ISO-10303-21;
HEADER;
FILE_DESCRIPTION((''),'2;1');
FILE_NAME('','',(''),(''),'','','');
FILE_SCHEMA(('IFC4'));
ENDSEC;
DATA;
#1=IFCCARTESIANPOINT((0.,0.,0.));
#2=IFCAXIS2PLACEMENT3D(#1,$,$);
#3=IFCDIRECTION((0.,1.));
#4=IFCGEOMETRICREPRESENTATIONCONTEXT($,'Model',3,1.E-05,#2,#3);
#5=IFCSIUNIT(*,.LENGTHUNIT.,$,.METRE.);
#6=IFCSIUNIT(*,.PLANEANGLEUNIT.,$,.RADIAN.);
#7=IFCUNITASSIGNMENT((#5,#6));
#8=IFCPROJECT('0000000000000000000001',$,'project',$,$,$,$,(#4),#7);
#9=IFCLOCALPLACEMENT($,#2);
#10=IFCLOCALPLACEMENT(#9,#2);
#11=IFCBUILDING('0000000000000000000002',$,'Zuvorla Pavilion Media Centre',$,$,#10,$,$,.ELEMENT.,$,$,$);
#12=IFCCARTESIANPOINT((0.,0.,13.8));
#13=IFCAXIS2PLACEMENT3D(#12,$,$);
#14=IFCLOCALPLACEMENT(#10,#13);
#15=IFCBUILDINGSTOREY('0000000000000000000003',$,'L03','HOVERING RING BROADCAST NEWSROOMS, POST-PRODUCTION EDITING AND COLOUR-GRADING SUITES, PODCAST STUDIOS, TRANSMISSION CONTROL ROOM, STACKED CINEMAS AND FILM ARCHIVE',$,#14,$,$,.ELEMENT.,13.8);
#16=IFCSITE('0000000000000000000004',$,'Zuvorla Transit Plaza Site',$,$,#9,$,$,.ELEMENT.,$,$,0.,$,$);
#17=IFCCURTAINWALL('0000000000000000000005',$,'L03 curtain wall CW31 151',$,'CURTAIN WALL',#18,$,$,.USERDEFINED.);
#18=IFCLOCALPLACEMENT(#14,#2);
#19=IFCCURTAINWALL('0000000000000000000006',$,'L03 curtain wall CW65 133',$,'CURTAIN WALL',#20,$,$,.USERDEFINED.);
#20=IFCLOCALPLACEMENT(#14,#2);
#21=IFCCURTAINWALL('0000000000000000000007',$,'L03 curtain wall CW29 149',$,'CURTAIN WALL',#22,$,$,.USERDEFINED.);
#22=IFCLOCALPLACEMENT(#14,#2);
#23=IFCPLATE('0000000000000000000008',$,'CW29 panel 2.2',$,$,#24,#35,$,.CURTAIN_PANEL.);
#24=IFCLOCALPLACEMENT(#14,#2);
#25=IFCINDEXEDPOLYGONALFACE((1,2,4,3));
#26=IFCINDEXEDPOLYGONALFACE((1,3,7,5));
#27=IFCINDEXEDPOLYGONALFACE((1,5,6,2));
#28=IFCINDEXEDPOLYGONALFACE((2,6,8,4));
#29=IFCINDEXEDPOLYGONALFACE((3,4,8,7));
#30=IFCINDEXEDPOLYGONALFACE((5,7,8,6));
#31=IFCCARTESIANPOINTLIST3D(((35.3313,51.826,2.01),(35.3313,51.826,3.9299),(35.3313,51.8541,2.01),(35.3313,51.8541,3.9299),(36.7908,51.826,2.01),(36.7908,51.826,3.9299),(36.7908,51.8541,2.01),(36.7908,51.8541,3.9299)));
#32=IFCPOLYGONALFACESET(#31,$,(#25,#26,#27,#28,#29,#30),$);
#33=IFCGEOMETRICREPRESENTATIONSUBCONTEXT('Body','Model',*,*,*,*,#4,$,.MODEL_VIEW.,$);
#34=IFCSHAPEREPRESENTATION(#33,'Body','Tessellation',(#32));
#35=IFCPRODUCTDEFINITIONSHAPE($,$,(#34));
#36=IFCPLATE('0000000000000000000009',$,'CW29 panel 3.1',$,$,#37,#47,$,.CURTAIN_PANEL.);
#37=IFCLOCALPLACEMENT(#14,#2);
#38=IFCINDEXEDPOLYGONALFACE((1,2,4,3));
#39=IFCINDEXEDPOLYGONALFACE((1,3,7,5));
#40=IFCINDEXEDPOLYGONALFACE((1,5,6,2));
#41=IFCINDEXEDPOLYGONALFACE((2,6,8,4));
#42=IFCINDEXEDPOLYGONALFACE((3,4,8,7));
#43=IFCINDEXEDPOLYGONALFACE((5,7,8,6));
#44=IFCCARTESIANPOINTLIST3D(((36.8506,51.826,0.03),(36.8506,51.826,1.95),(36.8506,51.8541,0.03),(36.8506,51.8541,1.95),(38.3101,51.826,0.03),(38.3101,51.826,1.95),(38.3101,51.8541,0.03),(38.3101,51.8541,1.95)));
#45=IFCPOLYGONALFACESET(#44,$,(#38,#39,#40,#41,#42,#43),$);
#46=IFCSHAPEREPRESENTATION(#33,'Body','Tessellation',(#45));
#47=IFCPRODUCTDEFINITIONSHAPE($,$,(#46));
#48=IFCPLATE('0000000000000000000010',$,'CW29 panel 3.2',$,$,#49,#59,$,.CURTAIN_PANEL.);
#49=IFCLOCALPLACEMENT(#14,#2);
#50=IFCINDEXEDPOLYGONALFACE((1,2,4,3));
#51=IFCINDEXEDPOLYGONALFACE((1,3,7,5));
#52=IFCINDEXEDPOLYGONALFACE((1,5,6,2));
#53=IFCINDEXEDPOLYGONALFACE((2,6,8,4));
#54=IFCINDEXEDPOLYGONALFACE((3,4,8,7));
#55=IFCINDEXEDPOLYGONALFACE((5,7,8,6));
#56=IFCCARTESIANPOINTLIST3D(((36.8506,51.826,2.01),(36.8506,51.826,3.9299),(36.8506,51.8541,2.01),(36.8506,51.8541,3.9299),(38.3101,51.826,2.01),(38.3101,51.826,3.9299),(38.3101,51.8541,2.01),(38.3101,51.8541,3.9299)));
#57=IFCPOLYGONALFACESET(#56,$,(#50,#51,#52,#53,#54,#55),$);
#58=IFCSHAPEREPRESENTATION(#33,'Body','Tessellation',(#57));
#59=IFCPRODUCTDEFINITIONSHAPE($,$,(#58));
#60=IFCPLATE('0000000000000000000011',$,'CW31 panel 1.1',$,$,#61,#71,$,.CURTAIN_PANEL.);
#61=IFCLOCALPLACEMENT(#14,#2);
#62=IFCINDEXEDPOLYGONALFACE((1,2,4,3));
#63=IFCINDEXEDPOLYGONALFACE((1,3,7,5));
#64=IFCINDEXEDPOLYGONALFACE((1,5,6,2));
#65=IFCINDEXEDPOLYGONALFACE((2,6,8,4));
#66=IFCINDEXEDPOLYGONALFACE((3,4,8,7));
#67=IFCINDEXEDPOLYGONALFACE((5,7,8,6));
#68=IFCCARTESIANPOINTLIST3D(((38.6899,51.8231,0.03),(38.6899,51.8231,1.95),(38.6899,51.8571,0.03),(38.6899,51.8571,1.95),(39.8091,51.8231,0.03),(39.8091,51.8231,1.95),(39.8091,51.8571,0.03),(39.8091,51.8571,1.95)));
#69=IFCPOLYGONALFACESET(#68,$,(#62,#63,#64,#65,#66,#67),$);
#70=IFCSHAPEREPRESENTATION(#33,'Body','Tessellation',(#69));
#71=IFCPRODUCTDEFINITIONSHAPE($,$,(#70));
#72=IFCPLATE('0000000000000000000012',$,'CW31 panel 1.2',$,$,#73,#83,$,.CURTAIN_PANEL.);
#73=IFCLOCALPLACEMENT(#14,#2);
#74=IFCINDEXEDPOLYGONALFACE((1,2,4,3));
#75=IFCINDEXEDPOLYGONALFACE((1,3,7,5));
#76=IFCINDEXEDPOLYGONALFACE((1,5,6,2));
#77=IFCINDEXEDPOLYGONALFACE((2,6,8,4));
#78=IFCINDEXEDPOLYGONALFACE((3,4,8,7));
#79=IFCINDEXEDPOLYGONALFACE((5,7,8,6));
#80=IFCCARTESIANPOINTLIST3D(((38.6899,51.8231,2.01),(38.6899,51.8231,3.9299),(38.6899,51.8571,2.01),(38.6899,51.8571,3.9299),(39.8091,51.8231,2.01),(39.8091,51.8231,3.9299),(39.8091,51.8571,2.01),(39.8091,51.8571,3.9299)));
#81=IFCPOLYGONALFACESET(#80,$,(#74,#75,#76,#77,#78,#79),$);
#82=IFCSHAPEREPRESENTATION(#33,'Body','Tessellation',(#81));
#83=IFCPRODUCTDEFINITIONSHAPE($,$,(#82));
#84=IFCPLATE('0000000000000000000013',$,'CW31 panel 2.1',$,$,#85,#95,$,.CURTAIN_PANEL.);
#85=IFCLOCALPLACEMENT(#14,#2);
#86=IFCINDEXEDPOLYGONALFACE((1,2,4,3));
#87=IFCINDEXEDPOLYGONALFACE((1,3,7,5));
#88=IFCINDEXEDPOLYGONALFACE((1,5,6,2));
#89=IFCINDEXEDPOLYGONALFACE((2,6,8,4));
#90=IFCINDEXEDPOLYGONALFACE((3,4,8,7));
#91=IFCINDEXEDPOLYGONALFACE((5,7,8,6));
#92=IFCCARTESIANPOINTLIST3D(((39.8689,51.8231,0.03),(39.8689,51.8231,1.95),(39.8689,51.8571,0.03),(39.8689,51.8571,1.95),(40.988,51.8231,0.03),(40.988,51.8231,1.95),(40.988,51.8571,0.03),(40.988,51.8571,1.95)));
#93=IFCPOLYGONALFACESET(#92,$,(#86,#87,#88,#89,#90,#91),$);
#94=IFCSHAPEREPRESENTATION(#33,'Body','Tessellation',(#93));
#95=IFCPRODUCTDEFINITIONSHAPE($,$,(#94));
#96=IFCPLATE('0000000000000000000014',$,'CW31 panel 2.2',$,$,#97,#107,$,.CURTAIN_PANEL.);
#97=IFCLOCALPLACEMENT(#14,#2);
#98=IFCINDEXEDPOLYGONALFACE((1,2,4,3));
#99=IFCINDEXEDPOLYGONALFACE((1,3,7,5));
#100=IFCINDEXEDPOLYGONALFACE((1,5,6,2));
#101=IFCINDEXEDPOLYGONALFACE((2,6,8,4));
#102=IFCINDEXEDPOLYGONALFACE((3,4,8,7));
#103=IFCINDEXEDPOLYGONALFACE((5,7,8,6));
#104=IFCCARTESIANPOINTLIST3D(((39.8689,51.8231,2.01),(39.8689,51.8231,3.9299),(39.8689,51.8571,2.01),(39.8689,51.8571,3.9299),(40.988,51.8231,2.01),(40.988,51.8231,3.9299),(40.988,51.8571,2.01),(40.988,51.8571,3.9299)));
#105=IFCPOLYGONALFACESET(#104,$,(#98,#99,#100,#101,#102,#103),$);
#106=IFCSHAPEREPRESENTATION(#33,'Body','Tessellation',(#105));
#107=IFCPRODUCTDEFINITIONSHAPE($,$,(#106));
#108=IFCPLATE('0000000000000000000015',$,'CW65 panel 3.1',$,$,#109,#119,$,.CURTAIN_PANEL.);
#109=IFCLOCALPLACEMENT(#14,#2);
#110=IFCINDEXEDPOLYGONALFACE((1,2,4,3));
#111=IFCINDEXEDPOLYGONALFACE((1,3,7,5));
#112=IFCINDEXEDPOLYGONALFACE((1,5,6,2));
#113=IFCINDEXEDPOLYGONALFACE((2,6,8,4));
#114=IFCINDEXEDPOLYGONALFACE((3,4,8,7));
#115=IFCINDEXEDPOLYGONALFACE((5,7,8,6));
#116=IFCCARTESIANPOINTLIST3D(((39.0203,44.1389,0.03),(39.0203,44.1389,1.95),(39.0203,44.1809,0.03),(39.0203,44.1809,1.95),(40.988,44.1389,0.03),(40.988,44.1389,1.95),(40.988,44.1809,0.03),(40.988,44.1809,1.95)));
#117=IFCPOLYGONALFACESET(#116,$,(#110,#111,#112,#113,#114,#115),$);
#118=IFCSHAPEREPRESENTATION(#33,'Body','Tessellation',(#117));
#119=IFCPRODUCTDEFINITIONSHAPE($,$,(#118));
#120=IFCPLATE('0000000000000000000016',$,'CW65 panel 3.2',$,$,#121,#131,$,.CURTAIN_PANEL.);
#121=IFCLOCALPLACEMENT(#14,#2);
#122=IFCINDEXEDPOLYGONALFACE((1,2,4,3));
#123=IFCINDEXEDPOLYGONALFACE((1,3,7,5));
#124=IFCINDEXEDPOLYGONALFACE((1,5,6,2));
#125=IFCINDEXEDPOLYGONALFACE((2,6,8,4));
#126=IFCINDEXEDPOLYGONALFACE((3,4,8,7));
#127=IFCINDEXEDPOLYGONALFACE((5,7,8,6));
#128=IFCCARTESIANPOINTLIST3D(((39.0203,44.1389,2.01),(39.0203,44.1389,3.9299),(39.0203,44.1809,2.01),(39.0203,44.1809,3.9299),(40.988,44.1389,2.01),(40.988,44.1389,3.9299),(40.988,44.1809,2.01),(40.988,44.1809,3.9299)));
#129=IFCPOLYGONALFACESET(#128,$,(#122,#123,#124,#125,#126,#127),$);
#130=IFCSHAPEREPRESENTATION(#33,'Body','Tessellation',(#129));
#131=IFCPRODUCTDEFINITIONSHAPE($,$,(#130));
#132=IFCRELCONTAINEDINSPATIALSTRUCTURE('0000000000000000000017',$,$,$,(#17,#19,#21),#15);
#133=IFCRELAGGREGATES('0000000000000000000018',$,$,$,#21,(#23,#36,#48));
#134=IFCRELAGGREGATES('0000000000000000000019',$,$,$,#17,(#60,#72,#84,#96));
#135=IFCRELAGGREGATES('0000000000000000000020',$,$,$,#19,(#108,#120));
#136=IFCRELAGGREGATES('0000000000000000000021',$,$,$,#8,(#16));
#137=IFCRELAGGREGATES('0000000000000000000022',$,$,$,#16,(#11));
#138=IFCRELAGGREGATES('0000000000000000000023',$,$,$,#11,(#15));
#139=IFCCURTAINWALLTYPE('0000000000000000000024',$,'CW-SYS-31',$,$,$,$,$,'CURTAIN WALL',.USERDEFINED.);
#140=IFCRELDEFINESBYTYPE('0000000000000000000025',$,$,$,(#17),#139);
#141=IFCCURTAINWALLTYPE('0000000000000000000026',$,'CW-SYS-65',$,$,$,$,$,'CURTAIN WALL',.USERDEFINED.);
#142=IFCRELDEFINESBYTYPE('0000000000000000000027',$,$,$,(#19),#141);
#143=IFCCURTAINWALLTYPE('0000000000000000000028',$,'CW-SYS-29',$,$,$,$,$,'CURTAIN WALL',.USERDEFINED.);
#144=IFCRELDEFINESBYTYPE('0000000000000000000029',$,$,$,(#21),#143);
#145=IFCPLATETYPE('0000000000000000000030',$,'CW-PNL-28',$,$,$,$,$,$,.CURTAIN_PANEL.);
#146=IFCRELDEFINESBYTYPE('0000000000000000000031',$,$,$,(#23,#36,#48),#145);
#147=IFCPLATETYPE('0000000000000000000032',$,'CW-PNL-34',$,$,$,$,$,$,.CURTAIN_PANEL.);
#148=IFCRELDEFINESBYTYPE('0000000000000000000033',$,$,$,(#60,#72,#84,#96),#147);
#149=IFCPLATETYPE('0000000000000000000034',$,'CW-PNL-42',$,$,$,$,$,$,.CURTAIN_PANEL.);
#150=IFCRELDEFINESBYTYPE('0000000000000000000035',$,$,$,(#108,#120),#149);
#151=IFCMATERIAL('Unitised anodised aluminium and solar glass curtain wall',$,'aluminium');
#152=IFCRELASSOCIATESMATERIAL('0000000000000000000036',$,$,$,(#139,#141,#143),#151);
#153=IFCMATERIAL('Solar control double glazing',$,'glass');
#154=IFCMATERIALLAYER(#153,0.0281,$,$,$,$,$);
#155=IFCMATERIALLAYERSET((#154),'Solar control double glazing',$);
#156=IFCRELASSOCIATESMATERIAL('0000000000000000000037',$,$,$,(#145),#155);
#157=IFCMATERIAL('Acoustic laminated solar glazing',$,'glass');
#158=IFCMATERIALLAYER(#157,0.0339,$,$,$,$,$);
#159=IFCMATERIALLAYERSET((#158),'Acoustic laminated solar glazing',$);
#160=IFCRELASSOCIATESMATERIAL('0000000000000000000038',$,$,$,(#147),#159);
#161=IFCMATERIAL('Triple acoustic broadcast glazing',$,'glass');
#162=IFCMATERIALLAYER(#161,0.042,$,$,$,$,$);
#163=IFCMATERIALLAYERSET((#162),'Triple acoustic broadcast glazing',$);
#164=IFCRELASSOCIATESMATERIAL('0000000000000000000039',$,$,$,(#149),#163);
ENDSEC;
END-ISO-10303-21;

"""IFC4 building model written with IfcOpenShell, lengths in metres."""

from ifc_helpers import new_model, si_unit, direction, frame, origin, origin_2d, place, context, subcontext, project, spatial, rectangle, extrude, material, layer, layer_set, type_object, element, aggregate, save


model = new_model("IFC4")

# Units and contexts
model_context = context("Model", 3, precision=1e-05, world=origin(), true_north=direction((0.0, 1.0)))
body_context = subcontext(model_context, "Body", "Model", "MODEL_VIEW")
ifc_project = project(units=[si_unit("LENGTHUNIT", "METRE"), si_unit("PLANEANGLEUNIT", "RADIAN")], contexts=[model_context])

# Site, building, storey
site_placement = place(None, origin())
site = spatial("IfcSite", under=ifc_project, at=site_placement, Name="Zuvorla Transit Plaza Site", CompositionType="ELEMENT", RefElevation=0.0)
building_placement = place(site_placement, origin())
building = spatial("IfcBuilding", under=site, at=building_placement, Name="Zuvorla Pavilion Media Centre", CompositionType="ELEMENT")
storey_placement = place(building_placement, frame((0.0, 0.0, 13.8)))
storey = spatial("IfcBuildingStorey", under=building, at=storey_placement, Name="L03", Description="HOVERING RING BROADCAST NEWSROOMS, POST-PRODUCTION EDITING AND COLOUR-GRADING SUITES, PODCAST STUDIOS, TRANSMISSION CONTROL ROOM, STACKED CINEMAS AND FILM ARCHIVE", CompositionType="ELEMENT", Elevation=13.8)

# Curtain wall
ifc_material_1 = material(Name="Unitised anodised aluminium and solar glass curtain wall", Category="aluminium")
curtain_wall_type_1 = type_object("IfcCurtainWallType", Name="CW-SYS-31", ElementType="CURTAIN WALL", PredefinedType="USERDEFINED", material=ifc_material_1)
curtain_wall_1_placement = place(storey_placement, origin())
curtain_wall_1 = element("IfcCurtainWall", 1, at=curtain_wall_1_placement, inside=storey, type_object=curtain_wall_type_1, Name="L03 curtain wall CW31 151", ObjectType="CURTAIN WALL", PredefinedType="USERDEFINED")

# Curtain wall
curtain_wall_type_2 = type_object("IfcCurtainWallType", Name="CW-SYS-65", ElementType="CURTAIN WALL", PredefinedType="USERDEFINED", material=ifc_material_1)
curtain_wall_2_placement = place(storey_placement, origin())
curtain_wall_2 = element("IfcCurtainWall", 2, at=curtain_wall_2_placement, inside=storey, type_object=curtain_wall_type_2, Name="L03 curtain wall CW65 133", ObjectType="CURTAIN WALL", PredefinedType="USERDEFINED")

# Curtain wall
curtain_wall_type_3 = type_object("IfcCurtainWallType", Name="CW-SYS-29", ElementType="CURTAIN WALL", PredefinedType="USERDEFINED", material=ifc_material_1)
curtain_wall_3_placement = place(storey_placement, origin())
curtain_wall_3 = element("IfcCurtainWall", 3, at=curtain_wall_3_placement, inside=storey, type_object=curtain_wall_type_3, Name="L03 curtain wall CW29 149", ObjectType="CURTAIN WALL", PredefinedType="USERDEFINED")

# Plates
ifc_material_2 = material(Name="Solar control double glazing", Category="glass")
ifc_layer_1 = layer(ifc_material_2, 0.0281)
ifc_layer_set_1 = layer_set([ifc_layer_1], Name="Solar control double glazing")
plate_type_1 = type_object("IfcPlateType", Name="CW-PNL-28", PredefinedType="CURTAIN_PANEL", material=ifc_layer_set_1)
plate_1_placement = place(storey_placement, frame((36.061, 51.8401, 2.01), z_axis=(0.0, 0.0, 1.0), x_axis=(1.0, 0.0, 0.0)))
plate_1 = element("IfcPlate", 4, at=plate_1_placement, type_object=plate_type_1, Name="CW29 panel 2.2", PredefinedType="CURTAIN_PANEL", context=body_context, shape_type="SweptSolid", body=[
    extrude(rectangle(XDim=1.4595, YDim=0.0281, at=origin_2d()), origin(), (0.0, 0.0, 1.0), 1.9199),
])
plate_2_placement = place(storey_placement, frame((37.5803, 51.8401, 0.03), z_axis=(0.0, 0.0, 1.0), x_axis=(1.0, 0.0, 0.0)))
plate_2 = element("IfcPlate", 5, at=plate_2_placement, type_object=plate_type_1, Name="CW29 panel 3.1", PredefinedType="CURTAIN_PANEL", context=body_context, shape_type="SweptSolid", body=[
    extrude(rectangle(XDim=1.4595, YDim=0.0281, at=origin_2d()), origin(), (0.0, 0.0, 1.0), 1.9199),
])
plate_3_placement = place(storey_placement, frame((37.5803, 51.8401, 2.01), z_axis=(0.0, 0.0, 1.0), x_axis=(1.0, 0.0, 0.0)))
plate_3 = element("IfcPlate", 6, at=plate_3_placement, type_object=plate_type_1, Name="CW29 panel 3.2", PredefinedType="CURTAIN_PANEL", context=body_context, shape_type="SweptSolid", body=[
    extrude(rectangle(XDim=1.4595, YDim=0.0281, at=origin_2d()), origin(), (0.0, 0.0, 1.0), 1.9199),
])
aggregate(curtain_wall_3, [plate_1, plate_2, plate_3])
ifc_material_3 = material(Name="Acoustic laminated solar glazing", Category="glass")
ifc_layer_2 = layer(ifc_material_3, 0.0339)
ifc_layer_set_2 = layer_set([ifc_layer_2], Name="Acoustic laminated solar glazing")
plate_type_2 = type_object("IfcPlateType", Name="CW-PNL-34", PredefinedType="CURTAIN_PANEL", material=ifc_layer_set_2)
plate_4_placement = place(storey_placement, frame((39.2495, 51.8401, 0.03), z_axis=(0.0, 0.0, 1.0), x_axis=(1.0, 0.0, 0.0)))
plate_4 = element("IfcPlate", 7, at=plate_4_placement, type_object=plate_type_2, Name="CW31 panel 1.1", PredefinedType="CURTAIN_PANEL", context=body_context, shape_type="SweptSolid", body=[
    extrude(rectangle(XDim=1.1191, YDim=0.0339, at=origin_2d()), origin(), (0.0, 0.0, 1.0), 1.9199),
])
plate_5_placement = place(storey_placement, frame((39.2495, 51.8401, 2.01), z_axis=(0.0, 0.0, 1.0), x_axis=(1.0, 0.0, 0.0)))
plate_5 = element("IfcPlate", 8, at=plate_5_placement, type_object=plate_type_2, Name="CW31 panel 1.2", PredefinedType="CURTAIN_PANEL", context=body_context, shape_type="SweptSolid", body=[
    extrude(rectangle(XDim=1.1191, YDim=0.0339, at=origin_2d()), origin(), (0.0, 0.0, 1.0), 1.9199),
])
plate_6_placement = place(storey_placement, frame((40.4285, 51.8401, 0.03), z_axis=(0.0, 0.0, 1.0), x_axis=(1.0, 0.0, 0.0)))
plate_6 = element("IfcPlate", 9, at=plate_6_placement, type_object=plate_type_2, Name="CW31 panel 2.1", PredefinedType="CURTAIN_PANEL", context=body_context, shape_type="SweptSolid", body=[
    extrude(rectangle(XDim=1.1191, YDim=0.0339, at=origin_2d()), origin(), (0.0, 0.0, 1.0), 1.9199),
])
plate_7_placement = place(storey_placement, frame((40.4285, 51.8401, 2.01), z_axis=(0.0, 0.0, 1.0), x_axis=(1.0, 0.0, 0.0)))
plate_7 = element("IfcPlate", 10, at=plate_7_placement, type_object=plate_type_2, Name="CW31 panel 2.2", PredefinedType="CURTAIN_PANEL", context=body_context, shape_type="SweptSolid", body=[
    extrude(rectangle(XDim=1.1191, YDim=0.0339, at=origin_2d()), origin(), (0.0, 0.0, 1.0), 1.9199),
])
aggregate(curtain_wall_1, [plate_4, plate_5, plate_6, plate_7])
ifc_material_4 = material(Name="Triple acoustic broadcast glazing", Category="glass")
ifc_layer_3 = layer(ifc_material_4, 0.042)
ifc_layer_set_3 = layer_set([ifc_layer_3], Name="Triple acoustic broadcast glazing")
plate_type_3 = type_object("IfcPlateType", Name="CW-PNL-42", PredefinedType="CURTAIN_PANEL", material=ifc_layer_set_3)
plate_8_placement = place(storey_placement, frame((40.0042, 44.1599, 0.03), z_axis=(0.0, 0.0, 1.0), x_axis=(1.0, 0.0, 0.0)))
plate_8 = element("IfcPlate", 11, at=plate_8_placement, type_object=plate_type_3, Name="CW65 panel 3.1", PredefinedType="CURTAIN_PANEL", context=body_context, shape_type="SweptSolid", body=[
    extrude(rectangle(XDim=1.9678, YDim=0.042, at=origin_2d()), origin(), (0.0, 0.0, 1.0), 1.9199),
])
plate_9_placement = place(storey_placement, frame((40.0042, 44.1599, 2.01), z_axis=(0.0, 0.0, 1.0), x_axis=(1.0, 0.0, 0.0)))
plate_9 = element("IfcPlate", 12, at=plate_9_placement, type_object=plate_type_3, Name="CW65 panel 3.2", PredefinedType="CURTAIN_PANEL", context=body_context, shape_type="SweptSolid", body=[
    extrude(rectangle(XDim=1.9678, YDim=0.042, at=origin_2d()), origin(), (0.0, 0.0, 1.0), 1.9199),
])
aggregate(curtain_wall_2, [plate_8, plate_9])

save(model, "model.ifc")
